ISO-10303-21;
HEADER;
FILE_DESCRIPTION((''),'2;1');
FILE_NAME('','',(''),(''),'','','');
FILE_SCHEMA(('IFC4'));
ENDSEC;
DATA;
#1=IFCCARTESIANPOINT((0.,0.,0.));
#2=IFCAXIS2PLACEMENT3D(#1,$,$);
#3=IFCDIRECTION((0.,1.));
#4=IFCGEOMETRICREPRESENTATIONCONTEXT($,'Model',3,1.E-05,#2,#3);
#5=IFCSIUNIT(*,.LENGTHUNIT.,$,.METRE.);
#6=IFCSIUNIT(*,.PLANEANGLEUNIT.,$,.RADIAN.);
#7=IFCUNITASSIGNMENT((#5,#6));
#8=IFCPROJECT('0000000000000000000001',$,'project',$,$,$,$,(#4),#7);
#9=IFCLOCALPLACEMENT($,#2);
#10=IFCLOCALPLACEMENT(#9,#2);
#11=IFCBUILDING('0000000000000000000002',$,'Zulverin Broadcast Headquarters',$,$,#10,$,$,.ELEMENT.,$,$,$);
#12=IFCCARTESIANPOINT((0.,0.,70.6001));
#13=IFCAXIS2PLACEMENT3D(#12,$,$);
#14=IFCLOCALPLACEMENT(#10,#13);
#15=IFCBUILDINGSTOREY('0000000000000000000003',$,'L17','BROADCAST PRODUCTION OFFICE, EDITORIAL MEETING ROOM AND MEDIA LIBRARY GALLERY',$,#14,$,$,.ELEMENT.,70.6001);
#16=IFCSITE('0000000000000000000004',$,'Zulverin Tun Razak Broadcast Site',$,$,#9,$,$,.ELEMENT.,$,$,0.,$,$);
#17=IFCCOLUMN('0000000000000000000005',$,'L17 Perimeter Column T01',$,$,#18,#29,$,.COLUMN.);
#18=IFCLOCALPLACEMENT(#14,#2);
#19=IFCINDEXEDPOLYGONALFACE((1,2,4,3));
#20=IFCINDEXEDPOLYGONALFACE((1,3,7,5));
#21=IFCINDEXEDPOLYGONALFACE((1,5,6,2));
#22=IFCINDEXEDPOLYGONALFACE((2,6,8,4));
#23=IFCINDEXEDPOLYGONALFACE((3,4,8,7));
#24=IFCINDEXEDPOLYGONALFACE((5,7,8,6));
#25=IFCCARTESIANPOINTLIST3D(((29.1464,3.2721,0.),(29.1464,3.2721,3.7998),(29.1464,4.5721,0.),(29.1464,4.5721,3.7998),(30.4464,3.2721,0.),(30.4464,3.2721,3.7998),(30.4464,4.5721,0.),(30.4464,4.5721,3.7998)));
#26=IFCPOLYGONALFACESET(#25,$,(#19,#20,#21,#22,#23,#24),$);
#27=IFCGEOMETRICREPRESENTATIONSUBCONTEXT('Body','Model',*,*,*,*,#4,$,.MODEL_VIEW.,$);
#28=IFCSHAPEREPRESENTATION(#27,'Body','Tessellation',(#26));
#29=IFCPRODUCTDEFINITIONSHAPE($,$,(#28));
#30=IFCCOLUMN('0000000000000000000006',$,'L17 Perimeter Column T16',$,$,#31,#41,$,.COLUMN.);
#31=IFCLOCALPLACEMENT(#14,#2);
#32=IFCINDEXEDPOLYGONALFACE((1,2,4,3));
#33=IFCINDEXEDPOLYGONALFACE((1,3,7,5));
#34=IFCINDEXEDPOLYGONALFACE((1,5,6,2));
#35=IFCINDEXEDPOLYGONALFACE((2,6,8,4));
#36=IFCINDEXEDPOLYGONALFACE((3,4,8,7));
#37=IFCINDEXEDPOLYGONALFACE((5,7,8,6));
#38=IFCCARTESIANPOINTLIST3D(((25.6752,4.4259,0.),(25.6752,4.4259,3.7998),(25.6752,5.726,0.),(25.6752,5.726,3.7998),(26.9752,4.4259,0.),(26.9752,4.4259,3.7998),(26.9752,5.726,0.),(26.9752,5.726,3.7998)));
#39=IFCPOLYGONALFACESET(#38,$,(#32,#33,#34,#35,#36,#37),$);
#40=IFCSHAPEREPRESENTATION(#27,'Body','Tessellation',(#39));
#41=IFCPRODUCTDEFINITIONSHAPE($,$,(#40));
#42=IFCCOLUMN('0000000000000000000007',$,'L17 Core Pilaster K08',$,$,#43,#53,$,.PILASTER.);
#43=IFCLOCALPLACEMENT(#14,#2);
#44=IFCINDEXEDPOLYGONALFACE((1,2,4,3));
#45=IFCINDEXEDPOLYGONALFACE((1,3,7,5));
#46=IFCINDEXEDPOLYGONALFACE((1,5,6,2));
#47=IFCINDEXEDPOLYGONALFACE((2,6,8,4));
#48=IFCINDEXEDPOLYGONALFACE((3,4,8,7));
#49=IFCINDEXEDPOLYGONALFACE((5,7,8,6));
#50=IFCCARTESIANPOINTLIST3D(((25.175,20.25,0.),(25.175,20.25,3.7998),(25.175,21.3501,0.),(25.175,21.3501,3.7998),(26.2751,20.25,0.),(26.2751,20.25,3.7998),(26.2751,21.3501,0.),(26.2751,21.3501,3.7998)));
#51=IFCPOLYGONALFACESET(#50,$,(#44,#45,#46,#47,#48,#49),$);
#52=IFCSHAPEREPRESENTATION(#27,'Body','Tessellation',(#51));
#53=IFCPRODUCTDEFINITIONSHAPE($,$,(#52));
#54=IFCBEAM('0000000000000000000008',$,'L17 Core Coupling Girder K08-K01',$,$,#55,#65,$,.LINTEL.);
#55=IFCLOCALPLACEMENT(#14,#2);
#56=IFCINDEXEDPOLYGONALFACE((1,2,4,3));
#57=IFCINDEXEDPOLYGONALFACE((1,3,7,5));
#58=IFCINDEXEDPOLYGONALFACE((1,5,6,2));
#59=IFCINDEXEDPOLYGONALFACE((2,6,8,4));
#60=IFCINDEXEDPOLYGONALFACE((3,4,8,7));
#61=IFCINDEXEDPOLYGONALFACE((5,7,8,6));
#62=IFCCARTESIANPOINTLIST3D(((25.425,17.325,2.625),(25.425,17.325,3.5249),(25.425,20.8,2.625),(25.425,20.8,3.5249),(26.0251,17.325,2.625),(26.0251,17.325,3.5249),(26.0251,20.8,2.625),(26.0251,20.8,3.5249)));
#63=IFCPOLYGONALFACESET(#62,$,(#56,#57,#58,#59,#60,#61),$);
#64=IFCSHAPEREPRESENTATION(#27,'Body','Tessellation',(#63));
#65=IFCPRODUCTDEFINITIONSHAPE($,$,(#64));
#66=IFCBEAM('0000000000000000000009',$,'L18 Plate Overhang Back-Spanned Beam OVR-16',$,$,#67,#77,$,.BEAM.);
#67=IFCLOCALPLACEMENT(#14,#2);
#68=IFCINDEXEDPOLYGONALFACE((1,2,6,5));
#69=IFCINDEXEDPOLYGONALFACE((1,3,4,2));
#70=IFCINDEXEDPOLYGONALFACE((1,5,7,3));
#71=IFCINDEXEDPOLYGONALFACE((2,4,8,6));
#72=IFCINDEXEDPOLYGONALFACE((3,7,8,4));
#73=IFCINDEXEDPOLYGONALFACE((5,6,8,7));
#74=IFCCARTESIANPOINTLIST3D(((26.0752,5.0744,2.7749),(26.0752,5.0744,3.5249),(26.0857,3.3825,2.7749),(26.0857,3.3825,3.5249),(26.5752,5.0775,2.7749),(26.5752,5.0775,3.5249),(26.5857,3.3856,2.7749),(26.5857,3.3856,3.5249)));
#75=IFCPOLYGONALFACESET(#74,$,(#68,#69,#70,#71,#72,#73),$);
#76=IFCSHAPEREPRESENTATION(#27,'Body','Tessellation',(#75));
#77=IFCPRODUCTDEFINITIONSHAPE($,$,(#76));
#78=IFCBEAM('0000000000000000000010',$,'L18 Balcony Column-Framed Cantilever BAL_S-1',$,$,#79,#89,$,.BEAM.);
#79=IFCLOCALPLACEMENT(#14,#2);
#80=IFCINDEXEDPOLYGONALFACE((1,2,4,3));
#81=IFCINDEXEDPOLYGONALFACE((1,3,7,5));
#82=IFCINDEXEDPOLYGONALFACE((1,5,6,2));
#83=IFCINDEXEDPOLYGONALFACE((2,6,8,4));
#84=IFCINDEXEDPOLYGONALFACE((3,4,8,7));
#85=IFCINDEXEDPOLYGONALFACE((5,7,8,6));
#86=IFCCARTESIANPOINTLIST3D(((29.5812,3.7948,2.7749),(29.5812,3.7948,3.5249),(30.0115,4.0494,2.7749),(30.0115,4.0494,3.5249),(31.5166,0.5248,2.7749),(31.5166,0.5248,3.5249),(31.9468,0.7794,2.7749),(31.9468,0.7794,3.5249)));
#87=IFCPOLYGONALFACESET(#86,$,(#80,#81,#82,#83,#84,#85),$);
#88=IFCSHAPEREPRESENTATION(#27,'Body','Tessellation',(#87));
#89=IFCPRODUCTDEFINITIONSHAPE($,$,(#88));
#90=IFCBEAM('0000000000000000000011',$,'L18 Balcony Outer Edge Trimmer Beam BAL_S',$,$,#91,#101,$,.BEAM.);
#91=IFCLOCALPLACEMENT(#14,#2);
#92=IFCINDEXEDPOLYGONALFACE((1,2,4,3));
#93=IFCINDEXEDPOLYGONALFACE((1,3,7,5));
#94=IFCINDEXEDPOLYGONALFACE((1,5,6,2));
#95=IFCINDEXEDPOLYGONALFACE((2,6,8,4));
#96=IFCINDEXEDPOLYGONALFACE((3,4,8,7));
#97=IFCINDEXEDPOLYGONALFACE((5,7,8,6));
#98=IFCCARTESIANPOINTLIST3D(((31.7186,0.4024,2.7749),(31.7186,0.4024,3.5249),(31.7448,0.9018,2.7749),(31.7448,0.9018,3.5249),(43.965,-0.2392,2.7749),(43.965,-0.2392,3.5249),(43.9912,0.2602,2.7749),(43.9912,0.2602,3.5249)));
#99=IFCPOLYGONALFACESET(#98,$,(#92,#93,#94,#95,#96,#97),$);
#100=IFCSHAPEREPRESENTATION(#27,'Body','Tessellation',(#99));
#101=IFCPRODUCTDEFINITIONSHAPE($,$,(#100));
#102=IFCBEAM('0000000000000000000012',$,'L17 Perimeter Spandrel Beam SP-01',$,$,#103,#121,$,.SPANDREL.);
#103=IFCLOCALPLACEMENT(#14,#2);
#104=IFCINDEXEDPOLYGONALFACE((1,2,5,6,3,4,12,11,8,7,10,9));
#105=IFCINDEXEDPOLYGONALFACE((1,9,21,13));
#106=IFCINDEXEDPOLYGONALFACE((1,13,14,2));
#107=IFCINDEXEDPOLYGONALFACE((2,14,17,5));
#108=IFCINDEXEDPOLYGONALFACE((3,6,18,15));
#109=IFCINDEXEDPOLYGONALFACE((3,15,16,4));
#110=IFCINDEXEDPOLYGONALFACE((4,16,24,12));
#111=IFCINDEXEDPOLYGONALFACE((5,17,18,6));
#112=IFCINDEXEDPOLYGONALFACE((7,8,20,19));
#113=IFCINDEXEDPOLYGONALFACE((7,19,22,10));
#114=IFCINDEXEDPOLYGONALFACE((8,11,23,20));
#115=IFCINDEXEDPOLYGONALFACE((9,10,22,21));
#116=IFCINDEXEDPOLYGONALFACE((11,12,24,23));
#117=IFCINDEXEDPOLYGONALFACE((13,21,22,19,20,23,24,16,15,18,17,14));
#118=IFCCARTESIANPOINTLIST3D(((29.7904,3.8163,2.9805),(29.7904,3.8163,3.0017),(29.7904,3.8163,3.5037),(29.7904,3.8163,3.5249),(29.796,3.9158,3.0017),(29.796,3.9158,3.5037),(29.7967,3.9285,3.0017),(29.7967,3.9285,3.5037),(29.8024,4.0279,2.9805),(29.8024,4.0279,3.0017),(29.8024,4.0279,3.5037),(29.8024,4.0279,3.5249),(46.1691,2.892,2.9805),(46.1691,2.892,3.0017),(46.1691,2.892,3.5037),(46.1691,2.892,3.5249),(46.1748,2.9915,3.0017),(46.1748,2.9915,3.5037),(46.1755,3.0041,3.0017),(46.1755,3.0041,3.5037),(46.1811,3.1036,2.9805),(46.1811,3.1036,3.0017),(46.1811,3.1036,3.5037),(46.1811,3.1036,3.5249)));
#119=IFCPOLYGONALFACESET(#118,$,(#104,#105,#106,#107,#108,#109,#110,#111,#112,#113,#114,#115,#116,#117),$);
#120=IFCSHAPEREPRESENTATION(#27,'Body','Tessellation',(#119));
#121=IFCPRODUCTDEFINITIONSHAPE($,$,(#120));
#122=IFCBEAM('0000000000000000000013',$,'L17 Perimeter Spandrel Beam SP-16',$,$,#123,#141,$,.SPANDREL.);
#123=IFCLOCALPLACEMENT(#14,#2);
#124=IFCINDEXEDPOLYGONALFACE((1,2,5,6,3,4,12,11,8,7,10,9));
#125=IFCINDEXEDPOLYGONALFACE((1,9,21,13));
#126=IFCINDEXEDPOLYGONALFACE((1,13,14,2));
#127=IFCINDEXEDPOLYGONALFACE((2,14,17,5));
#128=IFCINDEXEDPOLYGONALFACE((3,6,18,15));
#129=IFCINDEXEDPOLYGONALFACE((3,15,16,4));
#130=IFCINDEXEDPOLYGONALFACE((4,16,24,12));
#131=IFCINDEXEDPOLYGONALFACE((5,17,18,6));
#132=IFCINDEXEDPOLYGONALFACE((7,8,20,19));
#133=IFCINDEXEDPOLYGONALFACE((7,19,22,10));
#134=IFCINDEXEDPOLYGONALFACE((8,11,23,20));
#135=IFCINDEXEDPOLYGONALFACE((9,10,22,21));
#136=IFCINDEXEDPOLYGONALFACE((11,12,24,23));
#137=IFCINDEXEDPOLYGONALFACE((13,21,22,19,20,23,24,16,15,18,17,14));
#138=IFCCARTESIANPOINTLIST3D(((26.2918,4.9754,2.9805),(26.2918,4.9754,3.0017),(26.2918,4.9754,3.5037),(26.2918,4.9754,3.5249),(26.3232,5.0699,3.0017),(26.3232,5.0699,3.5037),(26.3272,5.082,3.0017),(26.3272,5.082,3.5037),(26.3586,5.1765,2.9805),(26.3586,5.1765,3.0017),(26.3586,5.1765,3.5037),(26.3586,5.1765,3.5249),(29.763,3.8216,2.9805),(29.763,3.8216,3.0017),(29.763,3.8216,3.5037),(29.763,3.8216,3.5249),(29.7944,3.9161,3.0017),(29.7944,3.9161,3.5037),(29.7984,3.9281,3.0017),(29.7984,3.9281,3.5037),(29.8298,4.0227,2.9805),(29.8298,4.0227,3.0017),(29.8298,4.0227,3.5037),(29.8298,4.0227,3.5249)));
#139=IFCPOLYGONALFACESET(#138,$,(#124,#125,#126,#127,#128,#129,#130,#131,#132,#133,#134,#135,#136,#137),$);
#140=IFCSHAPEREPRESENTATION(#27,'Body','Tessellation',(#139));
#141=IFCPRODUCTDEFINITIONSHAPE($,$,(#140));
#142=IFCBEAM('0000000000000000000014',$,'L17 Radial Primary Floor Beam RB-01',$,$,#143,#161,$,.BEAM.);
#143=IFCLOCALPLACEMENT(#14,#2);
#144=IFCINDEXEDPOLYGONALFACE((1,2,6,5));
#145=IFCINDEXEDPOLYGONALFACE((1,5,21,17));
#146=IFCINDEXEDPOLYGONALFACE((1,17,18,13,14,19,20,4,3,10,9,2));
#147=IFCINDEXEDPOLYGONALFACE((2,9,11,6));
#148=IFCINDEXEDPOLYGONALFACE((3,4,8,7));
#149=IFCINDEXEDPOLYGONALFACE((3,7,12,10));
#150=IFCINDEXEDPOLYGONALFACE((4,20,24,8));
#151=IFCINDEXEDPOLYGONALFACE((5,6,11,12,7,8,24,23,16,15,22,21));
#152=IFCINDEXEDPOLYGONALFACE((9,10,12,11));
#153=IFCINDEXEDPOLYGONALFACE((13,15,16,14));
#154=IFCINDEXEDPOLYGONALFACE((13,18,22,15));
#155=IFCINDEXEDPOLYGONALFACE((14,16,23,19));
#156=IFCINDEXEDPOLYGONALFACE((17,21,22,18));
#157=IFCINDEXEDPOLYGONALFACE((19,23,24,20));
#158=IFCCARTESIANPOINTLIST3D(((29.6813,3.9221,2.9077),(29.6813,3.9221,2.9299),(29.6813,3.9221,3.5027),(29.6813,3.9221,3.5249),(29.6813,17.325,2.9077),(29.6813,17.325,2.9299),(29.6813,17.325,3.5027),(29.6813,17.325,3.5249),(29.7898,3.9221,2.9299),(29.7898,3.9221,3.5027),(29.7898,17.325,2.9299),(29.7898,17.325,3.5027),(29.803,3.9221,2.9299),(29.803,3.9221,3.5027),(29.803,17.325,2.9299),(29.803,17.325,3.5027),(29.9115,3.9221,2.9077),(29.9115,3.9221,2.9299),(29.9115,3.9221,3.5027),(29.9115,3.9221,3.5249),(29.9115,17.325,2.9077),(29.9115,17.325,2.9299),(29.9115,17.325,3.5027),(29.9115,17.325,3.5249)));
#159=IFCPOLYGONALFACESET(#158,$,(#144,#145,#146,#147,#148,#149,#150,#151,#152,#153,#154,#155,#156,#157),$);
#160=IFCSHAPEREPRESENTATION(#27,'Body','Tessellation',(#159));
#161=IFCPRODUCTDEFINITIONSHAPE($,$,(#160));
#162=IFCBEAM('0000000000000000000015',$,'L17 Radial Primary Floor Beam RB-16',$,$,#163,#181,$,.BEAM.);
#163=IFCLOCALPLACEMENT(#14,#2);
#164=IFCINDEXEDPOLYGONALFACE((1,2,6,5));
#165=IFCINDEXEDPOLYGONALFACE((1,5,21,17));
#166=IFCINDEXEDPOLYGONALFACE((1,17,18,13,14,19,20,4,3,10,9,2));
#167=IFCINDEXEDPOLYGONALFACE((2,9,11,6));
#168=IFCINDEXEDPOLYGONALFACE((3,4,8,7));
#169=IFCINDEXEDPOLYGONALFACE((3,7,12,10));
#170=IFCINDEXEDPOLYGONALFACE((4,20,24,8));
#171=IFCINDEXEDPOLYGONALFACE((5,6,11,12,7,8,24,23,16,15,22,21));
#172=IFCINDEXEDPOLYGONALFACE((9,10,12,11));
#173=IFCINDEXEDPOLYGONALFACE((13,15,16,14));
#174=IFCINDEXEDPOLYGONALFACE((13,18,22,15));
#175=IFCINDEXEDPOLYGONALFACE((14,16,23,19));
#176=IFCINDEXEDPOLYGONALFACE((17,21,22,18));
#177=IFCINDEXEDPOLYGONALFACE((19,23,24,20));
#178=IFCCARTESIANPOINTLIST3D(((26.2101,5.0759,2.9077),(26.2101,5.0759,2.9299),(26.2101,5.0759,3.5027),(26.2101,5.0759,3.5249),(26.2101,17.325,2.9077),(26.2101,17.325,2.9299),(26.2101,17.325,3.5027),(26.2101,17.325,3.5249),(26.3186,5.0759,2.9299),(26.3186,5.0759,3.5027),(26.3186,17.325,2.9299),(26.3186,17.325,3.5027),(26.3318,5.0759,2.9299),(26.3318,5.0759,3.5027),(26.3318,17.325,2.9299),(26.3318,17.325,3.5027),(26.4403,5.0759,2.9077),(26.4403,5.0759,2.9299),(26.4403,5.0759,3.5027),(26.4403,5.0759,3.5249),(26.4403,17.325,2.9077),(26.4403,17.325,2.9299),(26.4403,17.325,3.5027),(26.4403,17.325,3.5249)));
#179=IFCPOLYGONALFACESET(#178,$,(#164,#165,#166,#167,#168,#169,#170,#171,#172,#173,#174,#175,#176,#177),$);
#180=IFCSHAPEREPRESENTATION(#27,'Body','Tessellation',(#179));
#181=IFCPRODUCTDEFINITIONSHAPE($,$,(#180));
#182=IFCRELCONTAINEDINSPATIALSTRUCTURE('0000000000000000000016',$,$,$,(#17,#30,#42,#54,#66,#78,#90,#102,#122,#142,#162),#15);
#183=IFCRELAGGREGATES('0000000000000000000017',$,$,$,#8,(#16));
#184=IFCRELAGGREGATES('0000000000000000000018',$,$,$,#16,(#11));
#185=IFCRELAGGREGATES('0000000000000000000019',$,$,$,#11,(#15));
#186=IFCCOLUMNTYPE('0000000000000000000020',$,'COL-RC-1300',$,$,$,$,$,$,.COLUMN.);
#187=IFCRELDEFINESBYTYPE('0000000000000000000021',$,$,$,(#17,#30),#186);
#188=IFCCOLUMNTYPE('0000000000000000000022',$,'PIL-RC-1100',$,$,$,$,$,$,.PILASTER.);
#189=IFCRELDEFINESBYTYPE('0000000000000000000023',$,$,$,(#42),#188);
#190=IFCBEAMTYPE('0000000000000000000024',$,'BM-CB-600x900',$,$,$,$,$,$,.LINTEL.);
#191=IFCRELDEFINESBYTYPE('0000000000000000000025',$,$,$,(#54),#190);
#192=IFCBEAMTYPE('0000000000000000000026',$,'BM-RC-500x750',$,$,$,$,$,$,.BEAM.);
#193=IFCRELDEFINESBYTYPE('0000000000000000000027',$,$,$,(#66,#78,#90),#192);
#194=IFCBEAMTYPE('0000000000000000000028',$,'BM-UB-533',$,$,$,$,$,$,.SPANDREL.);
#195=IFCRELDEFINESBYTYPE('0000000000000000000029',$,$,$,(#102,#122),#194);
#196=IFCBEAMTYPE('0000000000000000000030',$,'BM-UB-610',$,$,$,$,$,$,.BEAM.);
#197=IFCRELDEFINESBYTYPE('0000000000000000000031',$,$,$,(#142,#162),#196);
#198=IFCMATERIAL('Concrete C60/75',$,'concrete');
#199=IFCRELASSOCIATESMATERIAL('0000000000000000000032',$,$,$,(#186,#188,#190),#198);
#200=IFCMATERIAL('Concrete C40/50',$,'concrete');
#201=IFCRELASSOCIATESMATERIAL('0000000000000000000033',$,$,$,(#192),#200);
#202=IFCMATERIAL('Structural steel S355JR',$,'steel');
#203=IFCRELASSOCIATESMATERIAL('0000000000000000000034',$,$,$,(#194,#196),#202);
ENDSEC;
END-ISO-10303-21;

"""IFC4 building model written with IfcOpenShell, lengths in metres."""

from ifc_helpers import new_model, si_unit, direction, frame, origin, origin_2d, place, context, subcontext, project, spatial, rectangle, i_section, extrude, material, material_profile, profile_set, type_object, element, save


model = new_model("IFC4")

# Units and contexts
model_context = context("Model", 3, precision=1e-05, world=origin(), true_north=direction((0.0, 1.0)))
body_context = subcontext(model_context, "Body", "Model", "MODEL_VIEW")
ifc_project = project(units=[si_unit("LENGTHUNIT", "METRE"), si_unit("PLANEANGLEUNIT", "RADIAN")], contexts=[model_context])

# Site, building, storey
site_placement = place(None, origin())
site = spatial("IfcSite", under=ifc_project, at=site_placement, Name="Zulverin Tun Razak Broadcast Site", CompositionType="ELEMENT", RefElevation=0.0)
building_placement = place(site_placement, origin())
building = spatial("IfcBuilding", under=site, at=building_placement, Name="Zulverin Broadcast Headquarters", CompositionType="ELEMENT")
storey_placement = place(building_placement, frame((0.0, 0.0, 70.6001)))
storey = spatial("IfcBuildingStorey", under=building, at=storey_placement, Name="L17", Description="BROADCAST PRODUCTION OFFICE, EDITORIAL MEETING ROOM AND MEDIA LIBRARY GALLERY", CompositionType="ELEMENT", Elevation=70.6001)

# Columns
ifc_material_1 = material(Name="Concrete C60/75", Category="concrete")
ifc_material_profile_1 = material_profile(ifc_material_1, rectangle(XDim=1.3, YDim=1.3, at=origin_2d()), Name="Concrete C60/75", Category="concrete")
ifc_profile_set_1 = profile_set([ifc_material_profile_1], Name="Concrete C60/75")
column_type_1 = type_object("IfcColumnType", Name="COL-RC-1300", PredefinedType="COLUMN", material=ifc_profile_set_1)
for number, where, z_axis, x_axis, name in (
    (1, (29.7964, 3.9221, 0.0), (0.0, 0.0, 1.0), (1.0, 0.0, 0.0), "L17 Perimeter Column T01"),
    (2, (26.3252, 5.0759, 0.0), (0.0, 0.0, 1.0), (1.0, 0.0, 0.0), "L17 Perimeter Column T16"),
):
    element("IfcColumn", number, at=place(storey_placement, frame(where, z_axis=z_axis, x_axis=x_axis)), inside=storey, type_object=column_type_1, Name=name, PredefinedType="COLUMN", context=body_context, shape_type="SweptSolid", body=[
        extrude(rectangle(XDim=1.3, YDim=1.3, at=origin_2d()), origin(), (0.0, 0.0, 1.0), 3.7998),
    ])
ifc_material_profile_2 = material_profile(ifc_material_1, rectangle(XDim=1.1001, YDim=1.1001, at=origin_2d()), Name="Concrete C60/75", Category="concrete")
ifc_profile_set_2 = profile_set([ifc_material_profile_2], Name="Concrete C60/75")
column_type_2 = type_object("IfcColumnType", Name="PIL-RC-1100", PredefinedType="PILASTER", material=ifc_profile_set_2)
column_placement = place(storey_placement, frame((25.7251, 20.8, 0.0), z_axis=(0.0, 0.0, 1.0), x_axis=(1.0, 0.0, 0.0)))
element("IfcColumn", 3, at=column_placement, inside=storey, type_object=column_type_2, Name="L17 Core Pilaster K08", PredefinedType="PILASTER", context=body_context, shape_type="SweptSolid", body=[
    extrude(rectangle(XDim=1.1001, YDim=1.1001, at=origin_2d()), origin(), (0.0, 0.0, 1.0), 3.7998),
])

# Beams
ifc_material_profile_3 = material_profile(ifc_material_1, rectangle(XDim=0.6001, YDim=0.8999, at=origin_2d()), Name="Concrete C60/75", Category="concrete")
ifc_profile_set_3 = profile_set([ifc_material_profile_3], Name="Concrete C60/75")
beam_type_1 = type_object("IfcBeamType", Name="BM-CB-600x900", PredefinedType="LINTEL", material=ifc_profile_set_3)
beam_1_placement = place(storey_placement, frame((25.7251, 20.8, 3.075), z_axis=(0.0, -1.0, 0.0), x_axis=(1.0, 0.0, 0.0)))
element("IfcBeam", 4, at=beam_1_placement, inside=storey, type_object=beam_type_1, Name="L17 Core Coupling Girder K08-K01", PredefinedType="LINTEL", context=body_context, shape_type="SweptSolid", body=[
    extrude(rectangle(XDim=0.6001, YDim=0.8999, at=origin_2d()), origin(), (0.0, 0.0, 1.0), 3.4751),
])
ifc_material_2 = material(Name="Concrete C40/50", Category="concrete")
ifc_material_profile_4 = material_profile(ifc_material_2, rectangle(XDim=0.5, YDim=0.75, at=origin_2d()), Name="Concrete C40/50", Category="concrete")
ifc_profile_set_4 = profile_set([ifc_material_profile_4], Name="Concrete C40/50")
beam_type_2 = type_object("IfcBeamType", Name="BM-RC-500x750", PredefinedType="BEAM", material=ifc_profile_set_4)
beam_2_placement = place(storey_placement, frame((26.3252, 5.0759, 3.1499), z_axis=(0.006205, -0.999981, 0.0), x_axis=(0.999981, 0.006205, 0.0)))
element("IfcBeam", 5, at=beam_2_placement, inside=storey, type_object=beam_type_2, Name="L18 Plate Overhang Back-Spanned Beam OVR-16", PredefinedType="BEAM", context=body_context, shape_type="SweptSolid", body=[
    extrude(rectangle(XDim=0.5, YDim=0.75, at=origin_2d()), origin(), (0.0, 0.0, 1.0), 1.6919),
])
beam_3_placement = place(storey_placement, frame((29.7964, 3.9221, 3.1499), z_axis=(0.509318, -0.860578, 0.0), x_axis=(0.860578, 0.509318, 0.0)))
element("IfcBeam", 6, at=beam_3_placement, inside=storey, type_object=beam_type_2, Name="L18 Balcony Column-Framed Cantilever BAL_S-1", PredefinedType="BEAM", context=body_context, shape_type="SweptSolid", body=[
    extrude(rectangle(XDim=0.5, YDim=0.75, at=origin_2d()), origin(), (0.0, 0.0, 1.0), 3.7998),
])
beam_4_placement = place(storey_placement, frame((31.7317, 0.6521, 3.1499), z_axis=(0.99863, -0.05232, 0.0), x_axis=(0.05232, 0.99863, 0.0)))
element("IfcBeam", 7, at=beam_4_placement, inside=storey, type_object=beam_type_2, Name="L18 Balcony Outer Edge Trimmer Beam BAL_S", PredefinedType="BEAM", context=body_context, shape_type="SweptSolid", body=[
    extrude(rectangle(XDim=0.5, YDim=0.75, at=origin_2d()), origin(), (0.0, 0.0, 1.0), 12.2632),
])
ifc_material_3 = material(Name="Structural steel S355JR", Category="steel")
ifc_material_profile_5 = material_profile(ifc_material_3, i_section(OverallWidth=0.2119, OverallDepth=0.5444, WebThickness=0.0127, FlangeThickness=0.0212, at=origin_2d()), Name="Structural steel S355JR", Category="steel")
ifc_profile_set_5 = profile_set([ifc_material_profile_5], Name="Structural steel S355JR")
beam_type_3 = type_object("IfcBeamType", Name="BM-UB-533", PredefinedType="SPANDREL", material=ifc_profile_set_5)
beam_5_placement = place(storey_placement, frame((29.7964, 3.9221, 3.2527), z_axis=(0.998411, -0.056345, 0.0), x_axis=(0.056345, 0.998411, 0.0)))
element("IfcBeam", 8, at=beam_5_placement, inside=storey, type_object=beam_type_3, Name="L17 Perimeter Spandrel Beam SP-01", PredefinedType="SPANDREL", context=body_context, shape_type="SweptSolid", body=[
    extrude(i_section(OverallWidth=0.2119, OverallDepth=0.5444, WebThickness=0.0127, FlangeThickness=0.0212, at=origin_2d()), origin(), (0.0, 0.0, 1.0), 16.4048),
])
beam_6_placement = place(storey_placement, frame((26.3252, 5.0759, 3.2527), z_axis=(0.94895, -0.315427, 0.0), x_axis=(0.315427, 0.94895, 0.0)))
element("IfcBeam", 9, at=beam_6_placement, inside=storey, type_object=beam_type_3, Name="L17 Perimeter Spandrel Beam SP-16", PredefinedType="SPANDREL", context=body_context, shape_type="SweptSolid", body=[
    extrude(i_section(OverallWidth=0.2119, OverallDepth=0.5444, WebThickness=0.0127, FlangeThickness=0.0212, at=origin_2d()), origin(), (0.0, 0.0, 1.0), 3.658),
])
ifc_material_profile_6 = material_profile(ifc_material_3, i_section(OverallWidth=0.2302, OverallDepth=0.6172, WebThickness=0.0132, FlangeThickness=0.0222, at=origin_2d()), Name="Structural steel S355JR", Category="steel")
ifc_profile_set_6 = profile_set([ifc_material_profile_6], Name="Structural steel S355JR")
beam_type_4 = type_object("IfcBeamType", Name="BM-UB-610", PredefinedType="BEAM", material=ifc_profile_set_6)
beam_7_placement = place(storey_placement, frame((29.7964, 17.325, 3.2163), z_axis=(0.0, -1.0, 0.0), x_axis=(1.0, 0.0, 0.0)))
element("IfcBeam", 10, at=beam_7_placement, inside=storey, type_object=beam_type_4, Name="L17 Radial Primary Floor Beam RB-01", PredefinedType="BEAM", context=body_context, shape_type="SweptSolid", body=[
    extrude(i_section(OverallWidth=0.2302, OverallDepth=0.6172, WebThickness=0.0132, FlangeThickness=0.0222, at=origin_2d()), origin(), (0.0, 0.0, 1.0), 13.4028),
])
beam_8_placement = place(storey_placement, frame((26.3252, 17.325, 3.2163), z_axis=(0.0, -1.0, 0.0), x_axis=(1.0, 0.0, 0.0)))
element("IfcBeam", 11, at=beam_8_placement, inside=storey, type_object=beam_type_4, Name="L17 Radial Primary Floor Beam RB-16", PredefinedType="BEAM", context=body_context, shape_type="SweptSolid", body=[
    extrude(i_section(OverallWidth=0.2302, OverallDepth=0.6172, WebThickness=0.0132, FlangeThickness=0.0222, at=origin_2d()), origin(), (0.0, 0.0, 1.0), 12.249),
])

save(model, "model.ifc")
